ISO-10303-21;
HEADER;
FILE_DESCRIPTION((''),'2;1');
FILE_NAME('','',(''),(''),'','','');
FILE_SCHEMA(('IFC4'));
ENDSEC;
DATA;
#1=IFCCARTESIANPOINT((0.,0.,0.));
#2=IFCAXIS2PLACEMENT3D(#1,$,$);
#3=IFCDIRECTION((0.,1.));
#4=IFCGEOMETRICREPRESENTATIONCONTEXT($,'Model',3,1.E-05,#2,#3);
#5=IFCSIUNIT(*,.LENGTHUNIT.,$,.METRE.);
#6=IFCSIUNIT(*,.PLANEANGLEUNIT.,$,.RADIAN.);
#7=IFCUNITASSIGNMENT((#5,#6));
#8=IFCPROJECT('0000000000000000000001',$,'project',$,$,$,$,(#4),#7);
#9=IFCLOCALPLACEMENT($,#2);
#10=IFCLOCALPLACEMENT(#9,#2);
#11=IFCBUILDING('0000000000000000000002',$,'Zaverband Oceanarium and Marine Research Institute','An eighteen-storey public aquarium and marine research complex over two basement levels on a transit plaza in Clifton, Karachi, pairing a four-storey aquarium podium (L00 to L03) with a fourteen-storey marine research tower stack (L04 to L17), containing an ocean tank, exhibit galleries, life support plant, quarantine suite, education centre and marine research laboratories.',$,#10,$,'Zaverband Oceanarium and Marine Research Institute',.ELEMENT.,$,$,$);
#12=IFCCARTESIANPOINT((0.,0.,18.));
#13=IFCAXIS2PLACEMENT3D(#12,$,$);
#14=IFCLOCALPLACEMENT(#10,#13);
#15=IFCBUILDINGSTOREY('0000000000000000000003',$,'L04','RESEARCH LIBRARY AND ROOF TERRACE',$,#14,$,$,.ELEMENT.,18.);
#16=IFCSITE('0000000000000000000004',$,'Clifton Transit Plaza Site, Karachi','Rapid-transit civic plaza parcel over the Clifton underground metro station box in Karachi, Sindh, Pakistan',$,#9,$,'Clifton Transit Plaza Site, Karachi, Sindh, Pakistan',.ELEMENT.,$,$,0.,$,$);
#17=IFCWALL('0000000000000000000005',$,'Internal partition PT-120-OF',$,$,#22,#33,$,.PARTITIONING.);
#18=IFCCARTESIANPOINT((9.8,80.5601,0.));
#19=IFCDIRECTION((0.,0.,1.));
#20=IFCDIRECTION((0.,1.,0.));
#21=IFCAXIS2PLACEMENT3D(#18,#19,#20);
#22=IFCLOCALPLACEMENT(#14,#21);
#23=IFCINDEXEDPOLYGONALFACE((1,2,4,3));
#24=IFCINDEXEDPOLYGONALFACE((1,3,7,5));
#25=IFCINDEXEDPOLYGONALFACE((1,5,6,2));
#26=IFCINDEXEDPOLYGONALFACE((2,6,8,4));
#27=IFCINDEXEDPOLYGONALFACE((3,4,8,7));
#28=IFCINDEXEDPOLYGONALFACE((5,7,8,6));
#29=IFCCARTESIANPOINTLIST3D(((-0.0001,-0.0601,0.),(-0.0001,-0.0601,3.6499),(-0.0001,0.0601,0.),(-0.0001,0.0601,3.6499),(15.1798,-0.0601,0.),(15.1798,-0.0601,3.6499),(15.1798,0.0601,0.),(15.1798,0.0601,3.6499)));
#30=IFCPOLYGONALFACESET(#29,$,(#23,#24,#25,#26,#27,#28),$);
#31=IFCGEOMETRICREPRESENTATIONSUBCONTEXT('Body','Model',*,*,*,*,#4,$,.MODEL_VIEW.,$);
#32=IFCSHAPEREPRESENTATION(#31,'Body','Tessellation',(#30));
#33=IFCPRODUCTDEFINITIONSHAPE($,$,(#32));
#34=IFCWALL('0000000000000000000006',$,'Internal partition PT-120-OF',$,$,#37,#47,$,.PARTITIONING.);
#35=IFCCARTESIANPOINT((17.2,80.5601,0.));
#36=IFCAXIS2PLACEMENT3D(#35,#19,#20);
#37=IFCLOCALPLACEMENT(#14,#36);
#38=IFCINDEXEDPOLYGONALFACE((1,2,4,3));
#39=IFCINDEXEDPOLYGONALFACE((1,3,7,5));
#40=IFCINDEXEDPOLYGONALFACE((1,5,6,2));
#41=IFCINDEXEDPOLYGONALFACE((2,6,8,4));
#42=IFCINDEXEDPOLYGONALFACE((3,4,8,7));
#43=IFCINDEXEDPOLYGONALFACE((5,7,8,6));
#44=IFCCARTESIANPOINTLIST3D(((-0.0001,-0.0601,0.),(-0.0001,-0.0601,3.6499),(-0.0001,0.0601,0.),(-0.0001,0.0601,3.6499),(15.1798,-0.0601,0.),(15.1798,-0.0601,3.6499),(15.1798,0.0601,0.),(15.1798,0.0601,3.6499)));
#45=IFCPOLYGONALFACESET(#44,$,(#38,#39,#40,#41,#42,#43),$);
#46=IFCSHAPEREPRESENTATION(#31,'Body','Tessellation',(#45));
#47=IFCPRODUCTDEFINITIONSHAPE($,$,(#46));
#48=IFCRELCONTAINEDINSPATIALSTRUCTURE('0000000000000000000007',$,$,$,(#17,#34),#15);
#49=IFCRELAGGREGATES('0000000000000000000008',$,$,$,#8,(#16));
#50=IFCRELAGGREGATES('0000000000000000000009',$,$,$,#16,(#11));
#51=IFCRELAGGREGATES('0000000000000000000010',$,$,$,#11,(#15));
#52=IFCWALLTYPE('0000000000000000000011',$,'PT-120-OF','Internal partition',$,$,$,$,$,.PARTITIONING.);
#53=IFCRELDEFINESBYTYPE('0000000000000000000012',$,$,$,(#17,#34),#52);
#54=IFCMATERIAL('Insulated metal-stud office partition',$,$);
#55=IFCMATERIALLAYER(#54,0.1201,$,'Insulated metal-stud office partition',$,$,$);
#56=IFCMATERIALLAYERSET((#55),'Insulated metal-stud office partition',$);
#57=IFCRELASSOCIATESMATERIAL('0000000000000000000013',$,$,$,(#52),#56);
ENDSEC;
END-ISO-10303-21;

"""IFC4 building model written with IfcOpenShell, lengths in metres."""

from ifc_helpers import new_model, si_unit, direction, frame, frame_2d, origin, place, context, subcontext, project, spatial, rectangle, extrude, material, layer, layer_set, type_object, element, save


model = new_model("IFC4")

# Units and contexts
model_context = context("Model", 3, precision=1e-05, world=origin(), true_north=direction((0.0, 1.0)))
body_context = subcontext(model_context, "Body", "Model", "MODEL_VIEW")
ifc_project = project(units=[si_unit("LENGTHUNIT", "METRE"), si_unit("PLANEANGLEUNIT", "RADIAN")], contexts=[model_context])

# Site, building, storey
site_placement = place(None, origin())
site = spatial("IfcSite", under=ifc_project, at=site_placement, Name="Clifton Transit Plaza Site, Karachi", Description="Rapid-transit civic plaza parcel over the Clifton underground metro station box in Karachi, Sindh, Pakistan", LongName="Clifton Transit Plaza Site, Karachi, Sindh, Pakistan", CompositionType="ELEMENT", RefElevation=0.0)
building_placement = place(site_placement, origin())
building = spatial("IfcBuilding", under=site, at=building_placement, Name="Zaverband Oceanarium and Marine Research Institute", Description="An eighteen-storey public aquarium and marine research complex over two basement levels on a transit plaza in Clifton, Karachi, pairing a four-storey aquarium podium (L00 to L03) with a fourteen-storey marine research tower stack (L04 to L17), containing an ocean tank, exhibit galleries, life support plant, quarantine suite, education centre and marine research laboratories.", LongName="Zaverband Oceanarium and Marine Research Institute", CompositionType="ELEMENT")
storey_placement = place(building_placement, frame((0.0, 0.0, 18.0)))
storey = spatial("IfcBuildingStorey", under=building, at=storey_placement, Name="L04", Description="RESEARCH LIBRARY AND ROOF TERRACE", CompositionType="ELEMENT", Elevation=18.0)

# Walls
ifc_material_1 = material(Name="Insulated metal-stud office partition")
ifc_layer_1 = layer(ifc_material_1, 0.1201, Name="Insulated metal-stud office partition")
ifc_layer_set_1 = layer_set([ifc_layer_1], Name="Insulated metal-stud office partition")
wall_type_1 = type_object("IfcWallType", Name="PT-120-OF", Description="Internal partition", PredefinedType="PARTITIONING", material=ifc_layer_set_1)
for number, where, z_axis, x_axis, name in (
    (1, (9.8, 80.5601, 0.0), (0.0, 0.0, 1.0), (0.0, 1.0, 0.0), "Internal partition PT-120-OF"),
    (2, (17.2, 80.5601, 0.0), (0.0, 0.0, 1.0), (0.0, 1.0, 0.0), "Internal partition PT-120-OF"),
):
    element("IfcWall", number, at=place(storey_placement, frame(where, z_axis=z_axis, x_axis=x_axis)), inside=storey, type_object=wall_type_1, Name=name, PredefinedType="PARTITIONING", context=body_context, shape_type="SweptSolid", body=[
        extrude(rectangle(XDim=15.1799, YDim=0.1201, at=frame_2d((7.5898, 0.0))), origin(), (0.0, 0.0, 1.0), 3.6499),
    ])

save(model, "model.ifc")
